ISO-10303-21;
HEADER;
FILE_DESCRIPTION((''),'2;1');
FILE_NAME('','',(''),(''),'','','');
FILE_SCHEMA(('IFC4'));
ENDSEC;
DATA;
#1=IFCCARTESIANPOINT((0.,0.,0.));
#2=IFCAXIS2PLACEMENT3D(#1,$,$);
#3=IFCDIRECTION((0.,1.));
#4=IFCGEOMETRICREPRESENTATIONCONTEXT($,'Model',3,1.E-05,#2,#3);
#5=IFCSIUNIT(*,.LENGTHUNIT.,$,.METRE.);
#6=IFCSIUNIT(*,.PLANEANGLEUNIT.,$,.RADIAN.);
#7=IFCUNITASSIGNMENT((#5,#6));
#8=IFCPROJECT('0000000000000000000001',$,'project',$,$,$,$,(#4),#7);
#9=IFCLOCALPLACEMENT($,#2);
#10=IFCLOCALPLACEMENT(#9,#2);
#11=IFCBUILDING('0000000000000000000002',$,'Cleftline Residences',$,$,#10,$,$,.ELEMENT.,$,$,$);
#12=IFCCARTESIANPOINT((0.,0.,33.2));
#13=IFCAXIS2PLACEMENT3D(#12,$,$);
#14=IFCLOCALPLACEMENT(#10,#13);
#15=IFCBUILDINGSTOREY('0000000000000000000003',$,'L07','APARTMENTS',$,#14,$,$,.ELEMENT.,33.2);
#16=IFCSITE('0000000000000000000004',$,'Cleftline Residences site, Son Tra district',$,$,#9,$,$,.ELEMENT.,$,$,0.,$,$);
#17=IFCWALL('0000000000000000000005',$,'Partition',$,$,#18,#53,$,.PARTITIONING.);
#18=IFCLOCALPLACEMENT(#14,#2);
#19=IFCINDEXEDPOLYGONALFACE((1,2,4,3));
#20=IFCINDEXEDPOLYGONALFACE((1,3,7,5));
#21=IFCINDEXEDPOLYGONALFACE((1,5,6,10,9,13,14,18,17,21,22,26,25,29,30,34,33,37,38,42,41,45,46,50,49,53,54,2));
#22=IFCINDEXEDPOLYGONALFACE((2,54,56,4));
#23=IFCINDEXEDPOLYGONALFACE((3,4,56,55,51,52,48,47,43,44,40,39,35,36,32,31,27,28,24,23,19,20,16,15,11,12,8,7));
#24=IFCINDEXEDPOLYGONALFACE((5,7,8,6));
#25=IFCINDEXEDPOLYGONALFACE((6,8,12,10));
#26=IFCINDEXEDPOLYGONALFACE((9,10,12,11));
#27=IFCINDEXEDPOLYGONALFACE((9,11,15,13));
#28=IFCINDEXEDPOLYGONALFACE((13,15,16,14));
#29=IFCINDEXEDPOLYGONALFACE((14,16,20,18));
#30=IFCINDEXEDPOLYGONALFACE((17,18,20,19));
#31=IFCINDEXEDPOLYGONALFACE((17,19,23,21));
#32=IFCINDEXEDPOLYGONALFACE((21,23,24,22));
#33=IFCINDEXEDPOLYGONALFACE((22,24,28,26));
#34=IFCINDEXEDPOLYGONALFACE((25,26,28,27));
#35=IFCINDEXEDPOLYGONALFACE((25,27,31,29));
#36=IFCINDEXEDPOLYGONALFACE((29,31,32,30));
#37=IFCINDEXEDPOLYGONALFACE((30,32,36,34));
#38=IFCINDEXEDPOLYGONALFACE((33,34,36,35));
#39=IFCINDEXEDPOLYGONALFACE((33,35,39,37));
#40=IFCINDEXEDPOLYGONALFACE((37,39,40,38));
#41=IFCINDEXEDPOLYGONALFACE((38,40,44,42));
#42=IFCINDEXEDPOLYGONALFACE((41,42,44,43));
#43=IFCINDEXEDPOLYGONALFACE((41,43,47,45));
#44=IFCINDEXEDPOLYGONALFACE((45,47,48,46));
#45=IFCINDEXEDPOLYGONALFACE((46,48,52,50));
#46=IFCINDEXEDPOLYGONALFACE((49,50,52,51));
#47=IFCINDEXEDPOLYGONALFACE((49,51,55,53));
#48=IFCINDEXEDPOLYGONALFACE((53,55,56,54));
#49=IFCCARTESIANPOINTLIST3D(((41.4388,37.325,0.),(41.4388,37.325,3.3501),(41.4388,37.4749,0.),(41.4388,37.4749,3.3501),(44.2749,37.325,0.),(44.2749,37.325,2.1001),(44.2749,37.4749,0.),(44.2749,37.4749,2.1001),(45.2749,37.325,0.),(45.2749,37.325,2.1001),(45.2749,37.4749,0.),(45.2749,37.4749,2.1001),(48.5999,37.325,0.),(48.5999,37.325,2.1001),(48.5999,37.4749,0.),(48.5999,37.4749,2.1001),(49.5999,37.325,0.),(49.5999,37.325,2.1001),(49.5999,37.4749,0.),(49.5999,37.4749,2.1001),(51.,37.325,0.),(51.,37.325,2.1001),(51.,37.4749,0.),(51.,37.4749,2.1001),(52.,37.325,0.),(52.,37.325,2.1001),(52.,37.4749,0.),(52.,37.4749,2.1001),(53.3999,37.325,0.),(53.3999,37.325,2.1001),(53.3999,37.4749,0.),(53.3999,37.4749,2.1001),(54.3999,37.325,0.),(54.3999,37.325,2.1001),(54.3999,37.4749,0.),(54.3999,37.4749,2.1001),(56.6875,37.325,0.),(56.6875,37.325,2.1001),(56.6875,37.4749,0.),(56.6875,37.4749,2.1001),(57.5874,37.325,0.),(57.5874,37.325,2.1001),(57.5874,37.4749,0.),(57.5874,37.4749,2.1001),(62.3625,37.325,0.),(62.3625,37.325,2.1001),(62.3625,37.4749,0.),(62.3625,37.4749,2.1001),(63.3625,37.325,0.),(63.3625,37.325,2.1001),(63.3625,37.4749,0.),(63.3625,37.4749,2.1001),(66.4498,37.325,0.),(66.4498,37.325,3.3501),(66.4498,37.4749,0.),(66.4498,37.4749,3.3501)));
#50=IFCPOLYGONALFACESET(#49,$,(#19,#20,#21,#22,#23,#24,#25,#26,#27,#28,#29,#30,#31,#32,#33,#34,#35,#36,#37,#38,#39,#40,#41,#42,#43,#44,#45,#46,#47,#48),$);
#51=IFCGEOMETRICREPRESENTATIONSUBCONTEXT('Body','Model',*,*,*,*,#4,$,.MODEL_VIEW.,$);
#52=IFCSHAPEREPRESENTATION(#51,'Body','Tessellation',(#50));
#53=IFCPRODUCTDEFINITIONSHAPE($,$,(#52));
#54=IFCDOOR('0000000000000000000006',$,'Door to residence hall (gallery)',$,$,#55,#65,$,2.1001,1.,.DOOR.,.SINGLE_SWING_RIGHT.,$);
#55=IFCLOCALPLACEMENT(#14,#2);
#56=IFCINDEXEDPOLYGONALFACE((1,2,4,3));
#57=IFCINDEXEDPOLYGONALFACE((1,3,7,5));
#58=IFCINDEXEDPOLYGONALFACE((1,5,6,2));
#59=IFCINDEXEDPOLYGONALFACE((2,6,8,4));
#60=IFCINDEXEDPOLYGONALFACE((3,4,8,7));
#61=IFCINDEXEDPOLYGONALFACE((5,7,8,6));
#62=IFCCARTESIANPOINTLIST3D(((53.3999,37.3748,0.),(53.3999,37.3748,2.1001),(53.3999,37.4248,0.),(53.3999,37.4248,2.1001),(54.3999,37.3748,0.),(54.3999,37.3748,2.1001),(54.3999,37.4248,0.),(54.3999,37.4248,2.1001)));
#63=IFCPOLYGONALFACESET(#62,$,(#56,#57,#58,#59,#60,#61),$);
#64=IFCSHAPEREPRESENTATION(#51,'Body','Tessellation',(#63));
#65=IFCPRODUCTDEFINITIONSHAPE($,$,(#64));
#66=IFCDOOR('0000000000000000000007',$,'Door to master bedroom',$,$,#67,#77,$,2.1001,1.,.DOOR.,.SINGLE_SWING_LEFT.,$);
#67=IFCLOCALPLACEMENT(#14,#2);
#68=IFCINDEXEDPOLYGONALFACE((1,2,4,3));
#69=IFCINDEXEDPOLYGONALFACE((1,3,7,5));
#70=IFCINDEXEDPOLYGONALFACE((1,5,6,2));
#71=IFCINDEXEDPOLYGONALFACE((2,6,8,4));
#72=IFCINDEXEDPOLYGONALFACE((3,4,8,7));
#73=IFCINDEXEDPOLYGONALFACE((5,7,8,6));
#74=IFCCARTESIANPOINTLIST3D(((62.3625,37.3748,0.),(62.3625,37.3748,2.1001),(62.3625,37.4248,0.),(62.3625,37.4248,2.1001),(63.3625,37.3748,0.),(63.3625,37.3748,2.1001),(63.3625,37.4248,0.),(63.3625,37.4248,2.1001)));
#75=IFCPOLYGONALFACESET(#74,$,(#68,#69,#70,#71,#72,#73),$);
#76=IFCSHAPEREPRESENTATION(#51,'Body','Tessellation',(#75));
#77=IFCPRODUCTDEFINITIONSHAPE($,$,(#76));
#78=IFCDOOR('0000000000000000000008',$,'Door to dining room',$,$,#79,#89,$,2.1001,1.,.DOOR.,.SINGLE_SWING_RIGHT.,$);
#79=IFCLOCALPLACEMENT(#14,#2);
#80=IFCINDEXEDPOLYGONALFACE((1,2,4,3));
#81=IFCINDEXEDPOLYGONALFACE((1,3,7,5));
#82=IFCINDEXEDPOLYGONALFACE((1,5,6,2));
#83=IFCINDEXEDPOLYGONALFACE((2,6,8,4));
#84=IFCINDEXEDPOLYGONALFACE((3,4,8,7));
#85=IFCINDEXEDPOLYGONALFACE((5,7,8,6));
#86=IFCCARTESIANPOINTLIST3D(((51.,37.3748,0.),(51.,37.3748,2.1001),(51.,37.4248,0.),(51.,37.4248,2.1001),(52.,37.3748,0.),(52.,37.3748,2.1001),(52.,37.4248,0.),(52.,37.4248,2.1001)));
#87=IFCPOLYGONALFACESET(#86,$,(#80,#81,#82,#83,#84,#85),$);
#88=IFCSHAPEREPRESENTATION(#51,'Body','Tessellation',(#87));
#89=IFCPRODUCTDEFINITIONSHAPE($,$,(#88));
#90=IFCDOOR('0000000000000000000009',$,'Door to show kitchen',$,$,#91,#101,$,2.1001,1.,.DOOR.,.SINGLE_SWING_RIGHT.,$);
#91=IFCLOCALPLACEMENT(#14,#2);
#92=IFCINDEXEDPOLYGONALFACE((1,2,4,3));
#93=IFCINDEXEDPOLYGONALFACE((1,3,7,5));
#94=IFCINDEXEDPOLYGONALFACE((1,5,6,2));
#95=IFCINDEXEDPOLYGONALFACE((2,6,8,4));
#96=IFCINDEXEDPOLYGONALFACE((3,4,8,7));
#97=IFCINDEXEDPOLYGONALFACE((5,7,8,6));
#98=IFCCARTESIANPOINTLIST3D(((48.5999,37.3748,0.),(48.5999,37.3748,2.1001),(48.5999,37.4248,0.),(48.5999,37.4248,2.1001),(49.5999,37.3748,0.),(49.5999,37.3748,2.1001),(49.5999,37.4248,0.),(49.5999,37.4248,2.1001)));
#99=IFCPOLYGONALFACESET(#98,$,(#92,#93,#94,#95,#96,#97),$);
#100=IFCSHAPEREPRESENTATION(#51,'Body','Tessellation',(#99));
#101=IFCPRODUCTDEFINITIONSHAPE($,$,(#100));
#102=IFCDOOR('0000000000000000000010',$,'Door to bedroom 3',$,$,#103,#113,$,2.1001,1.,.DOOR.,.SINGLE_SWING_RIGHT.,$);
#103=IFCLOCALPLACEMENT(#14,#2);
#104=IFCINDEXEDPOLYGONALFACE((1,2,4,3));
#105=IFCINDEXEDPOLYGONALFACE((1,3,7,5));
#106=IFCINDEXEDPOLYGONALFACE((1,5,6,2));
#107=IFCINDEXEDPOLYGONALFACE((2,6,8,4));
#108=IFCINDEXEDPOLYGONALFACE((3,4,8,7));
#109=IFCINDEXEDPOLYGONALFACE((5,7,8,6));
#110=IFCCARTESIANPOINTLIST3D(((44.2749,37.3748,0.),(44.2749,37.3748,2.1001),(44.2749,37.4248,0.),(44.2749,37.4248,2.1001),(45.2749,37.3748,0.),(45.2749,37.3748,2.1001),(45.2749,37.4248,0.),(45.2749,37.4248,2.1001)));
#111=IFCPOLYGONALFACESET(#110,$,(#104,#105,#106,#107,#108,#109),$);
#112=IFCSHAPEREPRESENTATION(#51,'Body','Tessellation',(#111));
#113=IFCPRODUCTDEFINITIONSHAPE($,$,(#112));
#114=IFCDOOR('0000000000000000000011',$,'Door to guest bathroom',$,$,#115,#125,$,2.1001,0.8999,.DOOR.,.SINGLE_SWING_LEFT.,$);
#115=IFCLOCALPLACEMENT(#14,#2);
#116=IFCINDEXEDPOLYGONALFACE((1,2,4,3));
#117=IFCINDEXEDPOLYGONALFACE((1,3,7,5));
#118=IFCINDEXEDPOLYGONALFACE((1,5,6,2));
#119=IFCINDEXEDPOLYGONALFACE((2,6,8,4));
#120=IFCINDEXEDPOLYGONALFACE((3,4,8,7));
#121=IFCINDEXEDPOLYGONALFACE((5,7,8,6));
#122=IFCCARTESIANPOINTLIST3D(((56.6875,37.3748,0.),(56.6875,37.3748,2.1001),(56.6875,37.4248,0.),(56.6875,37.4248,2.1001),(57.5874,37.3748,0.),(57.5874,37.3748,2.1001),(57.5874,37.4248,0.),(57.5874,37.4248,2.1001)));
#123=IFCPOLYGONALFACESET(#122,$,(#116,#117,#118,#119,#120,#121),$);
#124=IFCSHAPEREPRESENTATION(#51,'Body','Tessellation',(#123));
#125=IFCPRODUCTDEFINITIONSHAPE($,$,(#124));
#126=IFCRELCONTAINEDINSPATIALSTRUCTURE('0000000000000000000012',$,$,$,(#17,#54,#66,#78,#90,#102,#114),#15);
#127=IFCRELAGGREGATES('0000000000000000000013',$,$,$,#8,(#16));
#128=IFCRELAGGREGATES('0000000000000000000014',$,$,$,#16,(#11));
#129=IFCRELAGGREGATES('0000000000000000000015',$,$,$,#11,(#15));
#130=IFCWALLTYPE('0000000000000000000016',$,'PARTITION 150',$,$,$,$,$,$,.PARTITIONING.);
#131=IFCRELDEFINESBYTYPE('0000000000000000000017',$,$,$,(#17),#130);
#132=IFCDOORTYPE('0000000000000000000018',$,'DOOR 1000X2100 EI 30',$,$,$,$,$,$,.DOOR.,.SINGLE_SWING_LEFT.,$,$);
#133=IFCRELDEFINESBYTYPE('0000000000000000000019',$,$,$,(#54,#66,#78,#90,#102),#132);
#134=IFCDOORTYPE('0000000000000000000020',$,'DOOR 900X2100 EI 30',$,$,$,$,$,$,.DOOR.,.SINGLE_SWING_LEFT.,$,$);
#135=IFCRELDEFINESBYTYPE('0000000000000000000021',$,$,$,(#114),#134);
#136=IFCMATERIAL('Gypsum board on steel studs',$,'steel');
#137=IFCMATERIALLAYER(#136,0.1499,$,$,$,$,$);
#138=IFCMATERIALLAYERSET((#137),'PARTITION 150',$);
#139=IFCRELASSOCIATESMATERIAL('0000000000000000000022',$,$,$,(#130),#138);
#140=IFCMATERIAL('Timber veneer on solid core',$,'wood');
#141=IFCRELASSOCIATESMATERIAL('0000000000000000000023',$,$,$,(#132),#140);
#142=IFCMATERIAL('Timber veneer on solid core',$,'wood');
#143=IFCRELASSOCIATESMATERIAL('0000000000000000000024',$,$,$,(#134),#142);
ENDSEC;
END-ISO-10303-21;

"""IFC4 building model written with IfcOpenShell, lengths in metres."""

from ifc_helpers import new_model, si_unit, direction, frame, frame_2d, origin, place, context, subcontext, project, spatial, rectangle, extrude, material, layer, layer_set, type_object, element, fill, save


model = new_model("IFC4")

# Units and contexts
model_context = context("Model", 3, precision=1e-05, world=origin(), true_north=direction((0.0, 1.0)))
body_context = subcontext(model_context, "Body", "Model", "MODEL_VIEW")
ifc_project = project(units=[si_unit("LENGTHUNIT", "METRE"), si_unit("PLANEANGLEUNIT", "RADIAN")], contexts=[model_context])

# Site, building, storey
site_placement = place(None, origin())
site = spatial("IfcSite", under=ifc_project, at=site_placement, Name="Cleftline Residences site, Son Tra district", CompositionType="ELEMENT", RefElevation=0.0)
building_placement = place(site_placement, origin())
building = spatial("IfcBuilding", under=site, at=building_placement, Name="Cleftline Residences", CompositionType="ELEMENT")
storey_placement = place(building_placement, frame((0.0, 0.0, 33.2)))
storey = spatial("IfcBuildingStorey", under=building, at=storey_placement, Name="L07", Description="APARTMENTS", CompositionType="ELEMENT", Elevation=33.2)

# Wall, openings, doors
ifc_material_1 = material(Name="Gypsum board on steel studs", Category="steel")
ifc_layer_1 = layer(ifc_material_1, 0.1499)
ifc_layer_set_1 = layer_set([ifc_layer_1], Name="PARTITION 150")
wall_type = type_object("IfcWallType", Name="PARTITION 150", PredefinedType="PARTITIONING", material=ifc_layer_set_1)
wall_1_placement = place(storey_placement, frame((41.439, 37.3999, 0.0), z_axis=(0.0, 0.0, 1.0), x_axis=(1.0, 0.0, 0.0)))
wall_1 = element("IfcWall", 1, at=wall_1_placement, inside=storey, type_object=wall_type, Name="Partition", PredefinedType="PARTITIONING", context=body_context, shape_type="SweptSolid", body=[
    extrude(rectangle(XDim=25.011, YDim=0.1499, at=frame_2d((12.5054, 0.0))), origin(), (0.0, 0.0, 1.0), 3.3501),
])
opening_1_placement = place(wall_1_placement, frame((11.9609, 0.0, 0.0)))
opening_1 = element("IfcOpeningElement", 2, at=opening_1_placement, cuts=wall_1, PredefinedType="OPENING", context=body_context, shape_type="SweptSolid", body=[
    extrude(rectangle(XDim=1.0, YDim=2.1001, at=frame_2d((0.5, 1.05))), frame((0.0, 0.085, 0.0), z_axis=(0.0, -1.0, 0.0), x_axis=(1.0, 0.0, 0.0)), (0.0, 0.0, 1.0), 0.1699),
])
opening_2_placement = place(wall_1_placement, frame((20.9236, 0.0, 0.0)))
opening_2 = element("IfcOpeningElement", 3, at=opening_2_placement, cuts=wall_1, PredefinedType="OPENING", context=body_context, shape_type="SweptSolid", body=[
    extrude(rectangle(XDim=1.0, YDim=2.1001, at=frame_2d((0.5, 1.05))), frame((0.0, 0.085, 0.0), z_axis=(0.0, -1.0, 0.0), x_axis=(1.0, 0.0, 0.0)), (0.0, 0.0, 1.0), 0.1699),
])
opening_3_placement = place(wall_1_placement, frame((15.2485, 0.0, 0.0)))
opening_3 = element("IfcOpeningElement", 4, at=opening_3_placement, cuts=wall_1, PredefinedType="OPENING", context=body_context, shape_type="SweptSolid", body=[
    extrude(rectangle(XDim=0.8999, YDim=2.1001, at=frame_2d((0.45, 1.05))), frame((0.0, 0.085, 0.0), z_axis=(0.0, -1.0, 0.0), x_axis=(1.0, 0.0, 0.0)), (0.0, 0.0, 1.0), 0.1699),
])
opening_4_placement = place(wall_1_placement, frame((9.561, 0.0, 0.0)))
opening_4 = element("IfcOpeningElement", 5, at=opening_4_placement, cuts=wall_1, PredefinedType="OPENING", context=body_context, shape_type="SweptSolid", body=[
    extrude(rectangle(XDim=1.0, YDim=2.1001, at=frame_2d((0.5, 1.05))), frame((0.0, 0.085, 0.0), z_axis=(0.0, -1.0, 0.0), x_axis=(1.0, 0.0, 0.0)), (0.0, 0.0, 1.0), 0.1699),
])
opening_5_placement = place(wall_1_placement, frame((7.1609, 0.0, 0.0)))
opening_5 = element("IfcOpeningElement", 6, at=opening_5_placement, cuts=wall_1, PredefinedType="OPENING", context=body_context, shape_type="SweptSolid", body=[
    extrude(rectangle(XDim=1.0, YDim=2.1001, at=frame_2d((0.5, 1.05))), frame((0.0, 0.085, 0.0), z_axis=(0.0, -1.0, 0.0), x_axis=(1.0, 0.0, 0.0)), (0.0, 0.0, 1.0), 0.1699),
])
opening_6_placement = place(wall_1_placement, frame((2.8359, 0.0, 0.0)))
opening_6 = element("IfcOpeningElement", 7, at=opening_6_placement, cuts=wall_1, PredefinedType="OPENING", context=body_context, shape_type="SweptSolid", body=[
    extrude(rectangle(XDim=1.0, YDim=2.1001, at=frame_2d((0.5, 1.05))), frame((0.0, 0.085, 0.0), z_axis=(0.0, -1.0, 0.0), x_axis=(1.0, 0.0, 0.0)), (0.0, 0.0, 1.0), 0.1699),
])
ifc_material_2 = material(Name="Timber veneer on solid core", Category="wood")
door_type_1 = type_object("IfcDoorType", Name="DOOR 1000X2100 EI 30", OperationType="SINGLE_SWING_LEFT", PredefinedType="DOOR", material=ifc_material_2)
door_1_placement = place(opening_1_placement, origin())
door_1 = element("IfcDoor", 8, at=door_1_placement, inside=storey, type_object=door_type_1, Name="Door to residence hall (gallery)", OperationType="SINGLE_SWING_RIGHT", OverallHeight=2.1001, OverallWidth=1.0, PredefinedType="DOOR", context=body_context, shape_type="SweptSolid", body=[
    extrude(rectangle(XDim=1.0, YDim=2.1001, at=frame_2d((0.5, 1.05))), frame((0.0, 0.0249, 0.0), z_axis=(0.0, -1.0, 0.0), x_axis=(1.0, 0.0, 0.0)), (0.0, 0.0, 1.0), 0.05),
])
fill(opening_1, door_1)
door_2_placement = place(opening_2_placement, origin())
door_2 = element("IfcDoor", 9, at=door_2_placement, inside=storey, type_object=door_type_1, Name="Door to master bedroom", OperationType="SINGLE_SWING_LEFT", OverallHeight=2.1001, OverallWidth=1.0, PredefinedType="DOOR", context=body_context, shape_type="SweptSolid", body=[
    extrude(rectangle(XDim=1.0, YDim=2.1001, at=frame_2d((0.5, 1.05))), frame((0.0, 0.0249, 0.0), z_axis=(0.0, -1.0, 0.0), x_axis=(1.0, 0.0, 0.0)), (0.0, 0.0, 1.0), 0.05),
])
fill(opening_2, door_2)
door_3_placement = place(opening_4_placement, origin())
door_3 = element("IfcDoor", 10, at=door_3_placement, inside=storey, type_object=door_type_1, Name="Door to dining room", OperationType="SINGLE_SWING_RIGHT", OverallHeight=2.1001, OverallWidth=1.0, PredefinedType="DOOR", context=body_context, shape_type="SweptSolid", body=[
    extrude(rectangle(XDim=1.0, YDim=2.1001, at=frame_2d((0.5, 1.05))), frame((0.0, 0.0249, 0.0), z_axis=(0.0, -1.0, 0.0), x_axis=(1.0, 0.0, 0.0)), (0.0, 0.0, 1.0), 0.05),
])
fill(opening_4, door_3)
door_4_placement = place(opening_5_placement, origin())
door_4 = element("IfcDoor", 11, at=door_4_placement, inside=storey, type_object=door_type_1, Name="Door to show kitchen", OperationType="SINGLE_SWING_RIGHT", OverallHeight=2.1001, OverallWidth=1.0, PredefinedType="DOOR", context=body_context, shape_type="SweptSolid", body=[
    extrude(rectangle(XDim=1.0, YDim=2.1001, at=frame_2d((0.5, 1.05))), frame((0.0, 0.0249, 0.0), z_axis=(0.0, -1.0, 0.0), x_axis=(1.0, 0.0, 0.0)), (0.0, 0.0, 1.0), 0.05),
])
fill(opening_5, door_4)
door_5_placement = place(opening_6_placement, origin())
door_5 = element("IfcDoor", 12, at=door_5_placement, inside=storey, type_object=door_type_1, Name="Door to bedroom 3", OperationType="SINGLE_SWING_RIGHT", OverallHeight=2.1001, OverallWidth=1.0, PredefinedType="DOOR", context=body_context, shape_type="SweptSolid", body=[
    extrude(rectangle(XDim=1.0, YDim=2.1001, at=frame_2d((0.5, 1.05))), frame((0.0, 0.0249, 0.0), z_axis=(0.0, -1.0, 0.0), x_axis=(1.0, 0.0, 0.0)), (0.0, 0.0, 1.0), 0.05),
])
fill(opening_6, door_5)
ifc_material_3 = material(Name="Timber veneer on solid core", Category="wood")
door_type_2 = type_object("IfcDoorType", Name="DOOR 900X2100 EI 30", OperationType="SINGLE_SWING_LEFT", PredefinedType="DOOR", material=ifc_material_3)
door_6_placement = place(opening_3_placement, origin())
door_6 = element("IfcDoor", 13, at=door_6_placement, inside=storey, type_object=door_type_2, Name="Door to guest bathroom", OperationType="SINGLE_SWING_LEFT", OverallHeight=2.1001, OverallWidth=0.8999, PredefinedType="DOOR", context=body_context, shape_type="SweptSolid", body=[
    extrude(rectangle(XDim=0.8999, YDim=2.1001, at=frame_2d((0.45, 1.05))), frame((0.0, 0.0249, 0.0), z_axis=(0.0, -1.0, 0.0), x_axis=(1.0, 0.0, 0.0)), (0.0, 0.0, 1.0), 0.05),
])
fill(opening_3, door_6)

save(model, "model.ifc")
